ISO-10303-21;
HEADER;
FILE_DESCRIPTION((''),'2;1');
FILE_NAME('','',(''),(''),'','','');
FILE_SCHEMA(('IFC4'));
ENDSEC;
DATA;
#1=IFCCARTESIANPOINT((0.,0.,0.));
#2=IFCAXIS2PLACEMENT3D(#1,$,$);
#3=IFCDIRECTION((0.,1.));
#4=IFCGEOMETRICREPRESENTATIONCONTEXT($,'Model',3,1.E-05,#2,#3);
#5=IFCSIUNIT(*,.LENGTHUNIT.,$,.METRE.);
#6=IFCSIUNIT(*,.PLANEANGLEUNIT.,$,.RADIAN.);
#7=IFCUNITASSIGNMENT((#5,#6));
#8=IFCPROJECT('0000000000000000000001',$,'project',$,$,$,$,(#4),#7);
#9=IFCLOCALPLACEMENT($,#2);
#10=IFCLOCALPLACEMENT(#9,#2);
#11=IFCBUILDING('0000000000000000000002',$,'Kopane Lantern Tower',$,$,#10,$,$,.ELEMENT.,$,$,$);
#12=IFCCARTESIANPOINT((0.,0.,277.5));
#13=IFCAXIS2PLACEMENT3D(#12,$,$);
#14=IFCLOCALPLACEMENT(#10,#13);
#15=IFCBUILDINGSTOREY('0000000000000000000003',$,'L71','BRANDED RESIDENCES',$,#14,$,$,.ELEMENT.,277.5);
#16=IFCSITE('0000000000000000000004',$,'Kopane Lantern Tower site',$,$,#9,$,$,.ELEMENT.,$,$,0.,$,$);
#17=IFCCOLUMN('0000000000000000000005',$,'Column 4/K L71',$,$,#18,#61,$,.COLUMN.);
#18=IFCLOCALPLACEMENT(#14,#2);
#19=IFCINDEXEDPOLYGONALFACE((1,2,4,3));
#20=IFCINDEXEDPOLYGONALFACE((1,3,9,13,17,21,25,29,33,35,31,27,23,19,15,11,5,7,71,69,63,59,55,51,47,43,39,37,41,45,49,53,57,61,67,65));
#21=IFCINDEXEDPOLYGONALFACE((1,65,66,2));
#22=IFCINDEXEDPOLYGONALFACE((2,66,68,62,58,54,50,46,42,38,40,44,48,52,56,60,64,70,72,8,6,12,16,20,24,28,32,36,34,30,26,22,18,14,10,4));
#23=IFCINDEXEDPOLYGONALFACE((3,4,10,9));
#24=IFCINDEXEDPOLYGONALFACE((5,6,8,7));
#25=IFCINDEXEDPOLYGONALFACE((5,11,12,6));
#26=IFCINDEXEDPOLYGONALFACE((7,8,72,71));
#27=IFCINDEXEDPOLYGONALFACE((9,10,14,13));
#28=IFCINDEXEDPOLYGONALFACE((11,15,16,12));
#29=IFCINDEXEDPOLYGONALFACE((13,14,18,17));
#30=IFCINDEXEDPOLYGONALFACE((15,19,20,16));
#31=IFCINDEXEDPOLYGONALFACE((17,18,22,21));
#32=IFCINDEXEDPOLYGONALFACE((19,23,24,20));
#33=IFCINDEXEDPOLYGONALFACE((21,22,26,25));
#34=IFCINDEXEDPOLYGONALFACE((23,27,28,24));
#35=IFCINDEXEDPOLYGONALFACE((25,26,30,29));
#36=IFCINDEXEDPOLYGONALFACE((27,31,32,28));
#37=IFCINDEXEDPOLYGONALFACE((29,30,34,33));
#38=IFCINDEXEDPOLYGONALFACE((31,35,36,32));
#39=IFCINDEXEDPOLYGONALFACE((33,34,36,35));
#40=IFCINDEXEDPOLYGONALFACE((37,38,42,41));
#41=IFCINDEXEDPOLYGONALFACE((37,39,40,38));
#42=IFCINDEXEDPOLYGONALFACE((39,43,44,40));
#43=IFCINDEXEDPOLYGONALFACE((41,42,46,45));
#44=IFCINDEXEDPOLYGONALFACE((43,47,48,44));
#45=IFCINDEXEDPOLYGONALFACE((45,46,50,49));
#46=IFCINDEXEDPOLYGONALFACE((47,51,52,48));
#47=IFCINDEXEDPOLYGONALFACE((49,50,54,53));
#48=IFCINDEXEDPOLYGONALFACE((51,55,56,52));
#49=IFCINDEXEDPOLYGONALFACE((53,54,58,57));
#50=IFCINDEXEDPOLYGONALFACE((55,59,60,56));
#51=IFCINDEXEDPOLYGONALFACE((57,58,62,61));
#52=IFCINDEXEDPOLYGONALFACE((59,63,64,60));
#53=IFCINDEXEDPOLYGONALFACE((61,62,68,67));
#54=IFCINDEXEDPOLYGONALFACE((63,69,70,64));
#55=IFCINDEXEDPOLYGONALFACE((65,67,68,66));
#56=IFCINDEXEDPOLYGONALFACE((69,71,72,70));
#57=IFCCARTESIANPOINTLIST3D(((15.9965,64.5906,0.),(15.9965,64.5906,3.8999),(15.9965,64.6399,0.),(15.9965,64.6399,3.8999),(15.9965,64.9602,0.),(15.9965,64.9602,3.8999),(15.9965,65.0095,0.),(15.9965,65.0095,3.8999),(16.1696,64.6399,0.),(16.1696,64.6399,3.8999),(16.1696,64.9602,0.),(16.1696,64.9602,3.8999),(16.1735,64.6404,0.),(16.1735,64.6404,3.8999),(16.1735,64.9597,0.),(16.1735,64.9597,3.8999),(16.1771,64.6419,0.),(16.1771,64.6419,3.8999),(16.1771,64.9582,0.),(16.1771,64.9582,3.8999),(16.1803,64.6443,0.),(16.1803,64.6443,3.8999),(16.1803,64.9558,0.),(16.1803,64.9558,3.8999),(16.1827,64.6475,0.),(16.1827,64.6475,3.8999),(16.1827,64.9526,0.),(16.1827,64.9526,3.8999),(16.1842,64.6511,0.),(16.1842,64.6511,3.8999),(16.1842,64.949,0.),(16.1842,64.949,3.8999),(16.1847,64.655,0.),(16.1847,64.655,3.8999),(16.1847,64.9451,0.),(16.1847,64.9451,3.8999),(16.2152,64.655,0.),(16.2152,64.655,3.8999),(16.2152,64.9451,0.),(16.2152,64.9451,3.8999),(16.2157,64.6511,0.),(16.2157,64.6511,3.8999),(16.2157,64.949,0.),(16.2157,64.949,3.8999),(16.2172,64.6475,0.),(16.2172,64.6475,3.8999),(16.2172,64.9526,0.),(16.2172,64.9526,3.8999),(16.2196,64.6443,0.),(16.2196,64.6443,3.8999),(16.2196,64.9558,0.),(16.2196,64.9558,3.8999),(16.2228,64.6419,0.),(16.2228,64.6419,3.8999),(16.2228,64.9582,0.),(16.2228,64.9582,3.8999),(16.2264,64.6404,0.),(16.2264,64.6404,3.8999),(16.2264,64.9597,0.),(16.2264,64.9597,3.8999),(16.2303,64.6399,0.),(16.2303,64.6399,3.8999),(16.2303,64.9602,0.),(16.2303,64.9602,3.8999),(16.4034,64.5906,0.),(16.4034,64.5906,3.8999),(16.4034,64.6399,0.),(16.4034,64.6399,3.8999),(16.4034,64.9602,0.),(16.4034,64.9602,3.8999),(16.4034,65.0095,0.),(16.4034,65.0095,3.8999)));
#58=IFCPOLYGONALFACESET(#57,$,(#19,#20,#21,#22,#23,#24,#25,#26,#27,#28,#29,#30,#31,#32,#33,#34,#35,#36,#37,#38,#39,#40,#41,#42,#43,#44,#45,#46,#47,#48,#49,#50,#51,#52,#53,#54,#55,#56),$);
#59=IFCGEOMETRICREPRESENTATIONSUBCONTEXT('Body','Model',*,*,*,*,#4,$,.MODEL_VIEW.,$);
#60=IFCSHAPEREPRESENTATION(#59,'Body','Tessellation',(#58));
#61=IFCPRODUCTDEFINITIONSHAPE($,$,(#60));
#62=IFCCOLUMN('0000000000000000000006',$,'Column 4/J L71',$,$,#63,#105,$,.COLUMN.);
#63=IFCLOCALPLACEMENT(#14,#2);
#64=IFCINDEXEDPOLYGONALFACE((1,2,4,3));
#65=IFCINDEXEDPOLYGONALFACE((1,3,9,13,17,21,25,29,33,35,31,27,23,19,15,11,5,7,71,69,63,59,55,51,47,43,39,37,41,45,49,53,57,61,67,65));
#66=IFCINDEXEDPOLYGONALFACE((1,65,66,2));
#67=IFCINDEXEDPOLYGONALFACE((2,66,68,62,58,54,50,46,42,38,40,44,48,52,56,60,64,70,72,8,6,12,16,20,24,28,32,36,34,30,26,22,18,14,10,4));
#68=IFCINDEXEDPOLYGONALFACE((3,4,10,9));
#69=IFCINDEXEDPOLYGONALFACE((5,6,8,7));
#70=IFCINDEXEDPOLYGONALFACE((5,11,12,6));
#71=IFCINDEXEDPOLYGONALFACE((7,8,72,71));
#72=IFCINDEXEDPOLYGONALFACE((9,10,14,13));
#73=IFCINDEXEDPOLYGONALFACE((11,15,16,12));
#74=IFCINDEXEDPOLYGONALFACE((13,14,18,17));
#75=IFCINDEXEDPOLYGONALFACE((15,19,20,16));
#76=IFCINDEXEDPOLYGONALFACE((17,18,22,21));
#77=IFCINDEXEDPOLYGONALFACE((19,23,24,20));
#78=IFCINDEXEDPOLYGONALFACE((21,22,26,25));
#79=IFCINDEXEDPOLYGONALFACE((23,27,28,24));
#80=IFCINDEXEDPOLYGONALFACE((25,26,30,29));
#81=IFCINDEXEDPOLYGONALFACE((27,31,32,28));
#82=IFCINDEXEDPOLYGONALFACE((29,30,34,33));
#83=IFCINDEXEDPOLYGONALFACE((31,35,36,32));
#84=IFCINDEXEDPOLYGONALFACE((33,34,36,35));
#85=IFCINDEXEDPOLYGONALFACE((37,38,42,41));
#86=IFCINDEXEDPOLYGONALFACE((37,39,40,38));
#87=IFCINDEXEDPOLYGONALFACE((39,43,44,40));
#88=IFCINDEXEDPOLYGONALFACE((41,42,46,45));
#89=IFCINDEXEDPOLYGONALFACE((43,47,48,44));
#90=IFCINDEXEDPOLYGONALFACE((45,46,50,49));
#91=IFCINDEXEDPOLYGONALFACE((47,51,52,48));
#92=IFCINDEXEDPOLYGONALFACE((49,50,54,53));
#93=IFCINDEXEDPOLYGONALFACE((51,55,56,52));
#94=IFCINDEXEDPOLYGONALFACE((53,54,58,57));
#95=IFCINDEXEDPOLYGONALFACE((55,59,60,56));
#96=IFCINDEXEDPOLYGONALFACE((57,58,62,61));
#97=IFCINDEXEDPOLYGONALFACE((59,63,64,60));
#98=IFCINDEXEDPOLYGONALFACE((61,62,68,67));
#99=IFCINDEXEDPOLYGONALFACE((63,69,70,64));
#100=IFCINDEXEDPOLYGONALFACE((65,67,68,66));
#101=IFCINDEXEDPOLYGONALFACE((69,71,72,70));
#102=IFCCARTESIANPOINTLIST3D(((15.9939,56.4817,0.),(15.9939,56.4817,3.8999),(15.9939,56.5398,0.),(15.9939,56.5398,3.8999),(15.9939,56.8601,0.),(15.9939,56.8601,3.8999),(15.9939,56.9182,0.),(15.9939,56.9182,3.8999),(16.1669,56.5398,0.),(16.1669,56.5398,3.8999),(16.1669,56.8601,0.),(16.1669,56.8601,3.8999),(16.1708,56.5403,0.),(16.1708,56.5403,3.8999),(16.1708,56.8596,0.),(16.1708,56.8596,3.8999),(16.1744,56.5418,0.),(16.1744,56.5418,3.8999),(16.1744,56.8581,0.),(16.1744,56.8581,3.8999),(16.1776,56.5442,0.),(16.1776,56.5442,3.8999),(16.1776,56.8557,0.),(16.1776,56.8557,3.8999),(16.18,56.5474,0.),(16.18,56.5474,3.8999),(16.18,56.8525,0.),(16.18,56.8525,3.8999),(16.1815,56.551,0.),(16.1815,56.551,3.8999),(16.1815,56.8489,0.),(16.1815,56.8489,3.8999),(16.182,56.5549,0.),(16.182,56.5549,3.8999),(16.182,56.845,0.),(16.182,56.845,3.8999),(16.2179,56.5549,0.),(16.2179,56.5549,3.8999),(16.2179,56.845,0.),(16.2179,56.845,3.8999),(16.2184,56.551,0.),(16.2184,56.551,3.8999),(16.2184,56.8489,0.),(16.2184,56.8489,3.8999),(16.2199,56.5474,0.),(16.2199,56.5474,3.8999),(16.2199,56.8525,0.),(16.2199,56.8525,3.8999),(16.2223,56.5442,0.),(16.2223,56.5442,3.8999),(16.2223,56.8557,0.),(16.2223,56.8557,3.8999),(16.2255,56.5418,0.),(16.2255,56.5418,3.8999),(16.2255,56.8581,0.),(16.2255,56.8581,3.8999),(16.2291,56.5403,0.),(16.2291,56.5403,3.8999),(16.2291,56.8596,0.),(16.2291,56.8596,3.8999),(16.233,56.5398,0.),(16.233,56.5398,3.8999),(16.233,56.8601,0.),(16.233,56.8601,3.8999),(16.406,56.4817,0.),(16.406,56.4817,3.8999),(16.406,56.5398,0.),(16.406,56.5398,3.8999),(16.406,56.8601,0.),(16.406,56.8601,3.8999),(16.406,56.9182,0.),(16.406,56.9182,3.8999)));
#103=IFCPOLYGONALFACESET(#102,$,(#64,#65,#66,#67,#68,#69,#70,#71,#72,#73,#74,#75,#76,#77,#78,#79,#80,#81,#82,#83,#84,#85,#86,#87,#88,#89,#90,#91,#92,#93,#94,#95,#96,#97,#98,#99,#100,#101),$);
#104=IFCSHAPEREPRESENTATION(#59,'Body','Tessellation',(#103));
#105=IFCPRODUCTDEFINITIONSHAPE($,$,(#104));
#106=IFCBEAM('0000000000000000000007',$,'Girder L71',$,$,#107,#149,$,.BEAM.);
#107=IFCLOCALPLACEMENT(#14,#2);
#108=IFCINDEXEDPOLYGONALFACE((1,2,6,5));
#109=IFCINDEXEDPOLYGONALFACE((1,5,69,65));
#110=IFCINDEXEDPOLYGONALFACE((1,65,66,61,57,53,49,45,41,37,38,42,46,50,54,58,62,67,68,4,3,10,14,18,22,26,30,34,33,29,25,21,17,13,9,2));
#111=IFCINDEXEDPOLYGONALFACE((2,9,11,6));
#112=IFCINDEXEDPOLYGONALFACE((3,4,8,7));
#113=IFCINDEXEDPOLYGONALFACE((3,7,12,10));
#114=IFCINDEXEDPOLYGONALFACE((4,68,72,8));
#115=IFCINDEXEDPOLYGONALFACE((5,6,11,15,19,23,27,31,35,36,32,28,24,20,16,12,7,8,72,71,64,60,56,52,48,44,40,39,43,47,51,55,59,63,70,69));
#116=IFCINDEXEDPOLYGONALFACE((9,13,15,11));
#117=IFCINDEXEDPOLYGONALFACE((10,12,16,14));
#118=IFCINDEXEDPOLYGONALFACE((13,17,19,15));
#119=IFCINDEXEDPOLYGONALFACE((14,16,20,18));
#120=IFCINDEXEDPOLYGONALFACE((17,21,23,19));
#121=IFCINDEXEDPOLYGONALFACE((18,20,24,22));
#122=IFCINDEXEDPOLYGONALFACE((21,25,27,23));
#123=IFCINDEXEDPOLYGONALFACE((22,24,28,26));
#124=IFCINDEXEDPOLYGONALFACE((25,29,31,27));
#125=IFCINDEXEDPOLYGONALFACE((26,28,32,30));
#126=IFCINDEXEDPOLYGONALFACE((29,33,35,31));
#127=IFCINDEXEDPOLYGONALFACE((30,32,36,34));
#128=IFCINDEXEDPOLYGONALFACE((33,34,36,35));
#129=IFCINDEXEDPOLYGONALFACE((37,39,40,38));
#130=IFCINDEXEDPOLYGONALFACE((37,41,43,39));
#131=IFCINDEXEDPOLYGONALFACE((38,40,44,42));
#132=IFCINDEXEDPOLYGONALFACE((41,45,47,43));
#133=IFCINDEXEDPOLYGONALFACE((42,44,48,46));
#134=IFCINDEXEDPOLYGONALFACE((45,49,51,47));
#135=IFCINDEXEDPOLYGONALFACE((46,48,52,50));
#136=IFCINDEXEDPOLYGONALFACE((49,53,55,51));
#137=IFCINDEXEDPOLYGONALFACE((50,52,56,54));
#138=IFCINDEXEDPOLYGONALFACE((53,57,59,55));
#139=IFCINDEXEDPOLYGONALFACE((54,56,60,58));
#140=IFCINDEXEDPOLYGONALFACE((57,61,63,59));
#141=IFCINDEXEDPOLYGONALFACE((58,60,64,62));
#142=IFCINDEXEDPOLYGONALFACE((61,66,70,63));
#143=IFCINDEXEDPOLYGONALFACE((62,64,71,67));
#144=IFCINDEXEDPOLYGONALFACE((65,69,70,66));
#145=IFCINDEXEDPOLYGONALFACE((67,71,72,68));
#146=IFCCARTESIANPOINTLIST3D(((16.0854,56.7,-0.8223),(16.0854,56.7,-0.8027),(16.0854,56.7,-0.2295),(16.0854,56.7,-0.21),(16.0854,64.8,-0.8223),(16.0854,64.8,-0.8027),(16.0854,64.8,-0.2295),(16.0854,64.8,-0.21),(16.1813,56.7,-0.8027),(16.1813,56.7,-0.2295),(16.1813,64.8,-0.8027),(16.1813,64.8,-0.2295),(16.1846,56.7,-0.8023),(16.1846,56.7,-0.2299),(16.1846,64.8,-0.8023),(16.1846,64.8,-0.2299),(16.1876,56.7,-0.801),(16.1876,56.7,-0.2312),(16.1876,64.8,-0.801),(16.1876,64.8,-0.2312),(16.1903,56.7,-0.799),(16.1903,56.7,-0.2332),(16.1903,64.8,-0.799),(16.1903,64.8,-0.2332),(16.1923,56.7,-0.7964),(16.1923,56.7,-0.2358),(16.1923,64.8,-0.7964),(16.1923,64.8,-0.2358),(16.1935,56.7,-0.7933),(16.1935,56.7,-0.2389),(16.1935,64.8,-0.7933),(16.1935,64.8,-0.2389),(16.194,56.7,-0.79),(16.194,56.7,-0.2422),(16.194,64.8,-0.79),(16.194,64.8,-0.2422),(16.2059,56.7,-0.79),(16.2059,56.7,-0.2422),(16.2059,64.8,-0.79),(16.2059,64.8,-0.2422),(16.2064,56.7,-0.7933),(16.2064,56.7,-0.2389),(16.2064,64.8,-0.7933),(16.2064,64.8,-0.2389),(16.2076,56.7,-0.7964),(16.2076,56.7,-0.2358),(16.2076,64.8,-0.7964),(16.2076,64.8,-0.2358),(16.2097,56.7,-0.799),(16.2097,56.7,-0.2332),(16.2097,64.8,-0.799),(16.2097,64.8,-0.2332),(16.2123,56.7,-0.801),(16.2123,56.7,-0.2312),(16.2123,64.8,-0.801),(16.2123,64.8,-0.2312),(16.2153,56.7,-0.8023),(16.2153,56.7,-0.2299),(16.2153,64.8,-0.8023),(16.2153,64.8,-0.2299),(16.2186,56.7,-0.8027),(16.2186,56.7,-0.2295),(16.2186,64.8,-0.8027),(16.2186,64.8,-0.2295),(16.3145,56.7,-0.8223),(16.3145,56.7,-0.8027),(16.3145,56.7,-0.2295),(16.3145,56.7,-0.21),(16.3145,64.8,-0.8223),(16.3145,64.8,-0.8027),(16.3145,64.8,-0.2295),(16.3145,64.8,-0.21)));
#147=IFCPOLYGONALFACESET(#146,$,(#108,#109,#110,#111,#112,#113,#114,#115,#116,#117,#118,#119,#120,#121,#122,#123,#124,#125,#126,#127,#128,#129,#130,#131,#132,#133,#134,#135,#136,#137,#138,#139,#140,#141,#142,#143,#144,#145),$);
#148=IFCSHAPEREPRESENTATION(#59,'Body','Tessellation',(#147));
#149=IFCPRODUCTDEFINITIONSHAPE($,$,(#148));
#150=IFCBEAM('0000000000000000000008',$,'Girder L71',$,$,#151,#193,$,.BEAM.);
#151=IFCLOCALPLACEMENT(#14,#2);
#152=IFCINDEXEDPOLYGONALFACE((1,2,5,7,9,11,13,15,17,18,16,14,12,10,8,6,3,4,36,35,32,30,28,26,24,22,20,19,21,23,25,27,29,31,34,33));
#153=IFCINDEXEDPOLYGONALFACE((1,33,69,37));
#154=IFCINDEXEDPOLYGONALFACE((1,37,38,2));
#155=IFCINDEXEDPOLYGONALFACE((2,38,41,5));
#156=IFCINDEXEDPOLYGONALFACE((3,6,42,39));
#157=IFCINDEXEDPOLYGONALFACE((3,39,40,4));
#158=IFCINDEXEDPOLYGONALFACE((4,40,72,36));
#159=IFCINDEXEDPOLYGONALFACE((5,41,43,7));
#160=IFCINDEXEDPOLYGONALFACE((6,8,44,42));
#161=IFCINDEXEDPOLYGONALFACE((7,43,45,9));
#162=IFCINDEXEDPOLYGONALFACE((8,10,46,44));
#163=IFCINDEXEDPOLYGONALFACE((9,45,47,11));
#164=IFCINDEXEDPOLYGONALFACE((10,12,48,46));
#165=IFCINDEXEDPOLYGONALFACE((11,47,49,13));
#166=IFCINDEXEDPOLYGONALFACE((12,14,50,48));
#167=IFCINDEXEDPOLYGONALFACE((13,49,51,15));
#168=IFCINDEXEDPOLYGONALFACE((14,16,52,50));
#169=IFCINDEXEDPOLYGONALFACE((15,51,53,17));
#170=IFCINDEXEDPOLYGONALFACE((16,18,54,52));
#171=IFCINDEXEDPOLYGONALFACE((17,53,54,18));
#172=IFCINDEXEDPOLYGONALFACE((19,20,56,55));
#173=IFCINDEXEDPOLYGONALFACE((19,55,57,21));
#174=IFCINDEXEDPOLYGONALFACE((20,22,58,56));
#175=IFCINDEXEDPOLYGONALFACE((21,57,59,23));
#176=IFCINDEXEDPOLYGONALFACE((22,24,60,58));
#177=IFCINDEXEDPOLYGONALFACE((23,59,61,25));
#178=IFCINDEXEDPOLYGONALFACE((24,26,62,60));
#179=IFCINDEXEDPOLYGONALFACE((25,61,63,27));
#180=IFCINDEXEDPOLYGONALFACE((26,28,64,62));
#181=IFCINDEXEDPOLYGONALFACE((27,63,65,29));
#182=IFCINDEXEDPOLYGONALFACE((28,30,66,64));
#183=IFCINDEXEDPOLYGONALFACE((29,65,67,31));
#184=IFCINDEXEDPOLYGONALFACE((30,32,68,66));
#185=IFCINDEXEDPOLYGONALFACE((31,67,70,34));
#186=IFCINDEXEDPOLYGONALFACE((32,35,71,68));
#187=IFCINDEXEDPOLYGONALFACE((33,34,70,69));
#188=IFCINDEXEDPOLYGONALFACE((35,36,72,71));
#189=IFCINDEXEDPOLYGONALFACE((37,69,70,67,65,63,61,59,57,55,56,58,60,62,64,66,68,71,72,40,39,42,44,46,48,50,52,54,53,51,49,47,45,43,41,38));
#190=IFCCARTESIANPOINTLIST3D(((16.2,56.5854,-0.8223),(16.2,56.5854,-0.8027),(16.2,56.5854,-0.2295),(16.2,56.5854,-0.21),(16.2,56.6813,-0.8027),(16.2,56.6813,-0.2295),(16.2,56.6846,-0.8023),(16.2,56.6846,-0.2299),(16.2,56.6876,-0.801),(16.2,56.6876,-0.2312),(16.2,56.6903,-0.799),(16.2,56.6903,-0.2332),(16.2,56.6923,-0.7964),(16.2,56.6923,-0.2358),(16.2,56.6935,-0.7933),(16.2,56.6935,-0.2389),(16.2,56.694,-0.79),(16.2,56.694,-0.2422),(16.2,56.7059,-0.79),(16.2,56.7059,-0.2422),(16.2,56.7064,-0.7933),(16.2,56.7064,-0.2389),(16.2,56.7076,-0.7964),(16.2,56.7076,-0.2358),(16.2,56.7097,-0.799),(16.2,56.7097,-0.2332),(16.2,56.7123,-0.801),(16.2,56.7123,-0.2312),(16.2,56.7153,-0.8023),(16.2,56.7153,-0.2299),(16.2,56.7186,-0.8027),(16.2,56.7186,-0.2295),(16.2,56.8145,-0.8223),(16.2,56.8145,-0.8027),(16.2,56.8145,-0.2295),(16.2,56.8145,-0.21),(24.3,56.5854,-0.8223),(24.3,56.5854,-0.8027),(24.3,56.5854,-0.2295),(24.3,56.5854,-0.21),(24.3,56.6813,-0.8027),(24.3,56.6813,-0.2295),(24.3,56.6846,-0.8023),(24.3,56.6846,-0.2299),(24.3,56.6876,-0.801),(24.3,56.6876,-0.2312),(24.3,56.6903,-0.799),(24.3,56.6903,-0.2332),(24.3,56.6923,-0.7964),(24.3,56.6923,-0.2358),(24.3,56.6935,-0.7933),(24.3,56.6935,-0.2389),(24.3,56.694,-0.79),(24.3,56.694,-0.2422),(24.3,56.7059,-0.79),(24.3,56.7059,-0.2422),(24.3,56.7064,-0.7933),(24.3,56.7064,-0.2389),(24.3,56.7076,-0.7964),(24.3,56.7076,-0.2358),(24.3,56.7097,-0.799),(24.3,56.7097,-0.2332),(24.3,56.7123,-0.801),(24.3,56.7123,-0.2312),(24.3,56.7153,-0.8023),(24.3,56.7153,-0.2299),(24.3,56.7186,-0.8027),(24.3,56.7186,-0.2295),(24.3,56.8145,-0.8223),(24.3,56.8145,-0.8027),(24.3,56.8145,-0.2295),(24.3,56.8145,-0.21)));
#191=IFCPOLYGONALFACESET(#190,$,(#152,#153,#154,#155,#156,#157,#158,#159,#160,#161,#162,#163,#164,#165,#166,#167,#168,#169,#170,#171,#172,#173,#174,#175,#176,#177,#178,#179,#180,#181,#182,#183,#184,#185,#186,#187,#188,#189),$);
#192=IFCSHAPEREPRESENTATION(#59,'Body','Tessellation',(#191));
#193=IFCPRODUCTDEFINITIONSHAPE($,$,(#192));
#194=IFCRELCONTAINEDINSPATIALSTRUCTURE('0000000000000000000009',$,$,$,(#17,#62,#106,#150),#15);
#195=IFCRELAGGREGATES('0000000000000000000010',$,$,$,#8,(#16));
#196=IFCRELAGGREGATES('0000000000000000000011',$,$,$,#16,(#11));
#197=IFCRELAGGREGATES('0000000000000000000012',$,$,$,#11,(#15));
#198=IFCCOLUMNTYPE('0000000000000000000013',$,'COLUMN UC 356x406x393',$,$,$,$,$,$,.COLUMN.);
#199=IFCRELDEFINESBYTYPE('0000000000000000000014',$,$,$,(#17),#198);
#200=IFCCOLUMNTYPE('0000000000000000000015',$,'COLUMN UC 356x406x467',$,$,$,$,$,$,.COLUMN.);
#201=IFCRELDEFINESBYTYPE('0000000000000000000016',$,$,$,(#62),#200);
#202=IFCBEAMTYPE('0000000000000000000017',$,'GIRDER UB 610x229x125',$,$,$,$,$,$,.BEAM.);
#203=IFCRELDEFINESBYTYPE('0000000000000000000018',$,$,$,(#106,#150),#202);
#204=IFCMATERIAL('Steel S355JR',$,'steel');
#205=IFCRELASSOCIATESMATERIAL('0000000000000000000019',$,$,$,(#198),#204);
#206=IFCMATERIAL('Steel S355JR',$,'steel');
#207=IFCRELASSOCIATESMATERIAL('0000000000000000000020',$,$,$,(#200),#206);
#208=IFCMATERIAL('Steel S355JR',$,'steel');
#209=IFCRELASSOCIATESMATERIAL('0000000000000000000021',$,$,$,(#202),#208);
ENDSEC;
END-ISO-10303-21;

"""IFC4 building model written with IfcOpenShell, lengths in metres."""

from ifc_helpers import new_model, si_unit, direction, frame, origin, origin_2d, place, context, subcontext, project, spatial, i_section, extrude, material, material_profile, profile_set, type_object, element, save


model = new_model("IFC4")

# Units and contexts
model_context = context("Model", 3, precision=1e-05, world=origin(), true_north=direction((0.0, 1.0)))
body_context = subcontext(model_context, "Body", "Model", "MODEL_VIEW")
ifc_project = project(units=[si_unit("LENGTHUNIT", "METRE"), si_unit("PLANEANGLEUNIT", "RADIAN")], contexts=[model_context])

# Site, building, storey
site_placement = place(None, origin())
site = spatial("IfcSite", under=ifc_project, at=site_placement, Name="Kopane Lantern Tower site", CompositionType="ELEMENT", RefElevation=0.0)
building_placement = place(site_placement, origin())
building = spatial("IfcBuilding", under=site, at=building_placement, Name="Kopane Lantern Tower", CompositionType="ELEMENT")
storey_placement = place(building_placement, frame((0.0, 0.0, 277.5)))
storey = spatial("IfcBuildingStorey", under=building, at=storey_placement, Name="L71", Description="BRANDED RESIDENCES", CompositionType="ELEMENT", Elevation=277.5)

# Columns
ifc_material_1 = material(Name="Steel S355JR", Category="steel")
ifc_material_profile_1 = material_profile(ifc_material_1, i_section(OverallWidth=0.407, OverallDepth=0.4189, WebThickness=0.0305, FlangeThickness=0.0493, FilletRadius=0.0151, at=origin_2d()), Name="UC 356x406x393")
ifc_profile_set_1 = profile_set([ifc_material_profile_1], Name="Steel S355JR")
column_type_1 = type_object("IfcColumnType", Name="COLUMN UC 356x406x393", PredefinedType="COLUMN", material=ifc_profile_set_1)
column_1_placement = place(storey_placement, frame((16.2, 64.8, 0.0), z_axis=(0.0, 0.0, 1.0), x_axis=(1.0, 0.0, 0.0)))
element("IfcColumn", 1, at=column_1_placement, inside=storey, type_object=column_type_1, Name="Column 4/K L71", PredefinedType="COLUMN", context=body_context, shape_type="SweptSolid", body=[
    extrude(i_section(OverallWidth=0.407, OverallDepth=0.4189, WebThickness=0.0305, FlangeThickness=0.0493, FilletRadius=0.0151, at=origin_2d()), origin(), (0.0, 0.0, 1.0), 3.8999),
])
ifc_material_2 = material(Name="Steel S355JR", Category="steel")
ifc_material_profile_2 = material_profile(ifc_material_2, i_section(OverallWidth=0.4121, OverallDepth=0.4365, WebThickness=0.0359, FlangeThickness=0.0581, FilletRadius=0.0151, at=origin_2d()), Name="UC 356x406x467")
ifc_profile_set_2 = profile_set([ifc_material_profile_2], Name="Steel S355JR")
column_type_2 = type_object("IfcColumnType", Name="COLUMN UC 356x406x467", PredefinedType="COLUMN", material=ifc_profile_set_2)
column_2_placement = place(storey_placement, frame((16.2, 56.7, 0.0), z_axis=(0.0, 0.0, 1.0), x_axis=(1.0, 0.0, 0.0)))
element("IfcColumn", 2, at=column_2_placement, inside=storey, type_object=column_type_2, Name="Column 4/J L71", PredefinedType="COLUMN", context=body_context, shape_type="SweptSolid", body=[
    extrude(i_section(OverallWidth=0.4121, OverallDepth=0.4365, WebThickness=0.0359, FlangeThickness=0.0581, FilletRadius=0.0151, at=origin_2d()), origin(), (0.0, 0.0, 1.0), 3.8999),
])

# Beams
ifc_material_3 = material(Name="Steel S355JR", Category="steel")
ifc_material_profile_3 = material_profile(ifc_material_3, i_section(OverallWidth=0.229, OverallDepth=0.6123, WebThickness=0.012, FlangeThickness=0.0195, FilletRadius=0.0127, at=origin_2d()), Name="UB 610x229x125")
ifc_profile_set_3 = profile_set([ifc_material_profile_3], Name="Steel S355JR")
beam_type = type_object("IfcBeamType", Name="GIRDER UB 610x229x125", PredefinedType="BEAM", material=ifc_profile_set_3)
for number, where, z_axis, x_axis, name in (
    (3, (16.2, 56.7, -0.5161), (0.0, 1.0, 0.0), (-1.0, 0.0, 0.0), "Girder L71"),
    (4, (16.2, 56.7, -0.5161), (1.0, 0.0, 0.0), (0.0, 1.0, 0.0), "Girder L71"),
):
    element("IfcBeam", number, at=place(storey_placement, frame(where, z_axis=z_axis, x_axis=x_axis)), inside=storey, type_object=beam_type, Name=name, PredefinedType="BEAM", context=body_context, shape_type="SweptSolid", body=[
        extrude(i_section(OverallWidth=0.229, OverallDepth=0.6123, WebThickness=0.012, FlangeThickness=0.0195, FilletRadius=0.0127, at=origin_2d()), origin(), (0.0, 0.0, 1.0), 8.1001),
    ])

save(model, "model.ifc")
